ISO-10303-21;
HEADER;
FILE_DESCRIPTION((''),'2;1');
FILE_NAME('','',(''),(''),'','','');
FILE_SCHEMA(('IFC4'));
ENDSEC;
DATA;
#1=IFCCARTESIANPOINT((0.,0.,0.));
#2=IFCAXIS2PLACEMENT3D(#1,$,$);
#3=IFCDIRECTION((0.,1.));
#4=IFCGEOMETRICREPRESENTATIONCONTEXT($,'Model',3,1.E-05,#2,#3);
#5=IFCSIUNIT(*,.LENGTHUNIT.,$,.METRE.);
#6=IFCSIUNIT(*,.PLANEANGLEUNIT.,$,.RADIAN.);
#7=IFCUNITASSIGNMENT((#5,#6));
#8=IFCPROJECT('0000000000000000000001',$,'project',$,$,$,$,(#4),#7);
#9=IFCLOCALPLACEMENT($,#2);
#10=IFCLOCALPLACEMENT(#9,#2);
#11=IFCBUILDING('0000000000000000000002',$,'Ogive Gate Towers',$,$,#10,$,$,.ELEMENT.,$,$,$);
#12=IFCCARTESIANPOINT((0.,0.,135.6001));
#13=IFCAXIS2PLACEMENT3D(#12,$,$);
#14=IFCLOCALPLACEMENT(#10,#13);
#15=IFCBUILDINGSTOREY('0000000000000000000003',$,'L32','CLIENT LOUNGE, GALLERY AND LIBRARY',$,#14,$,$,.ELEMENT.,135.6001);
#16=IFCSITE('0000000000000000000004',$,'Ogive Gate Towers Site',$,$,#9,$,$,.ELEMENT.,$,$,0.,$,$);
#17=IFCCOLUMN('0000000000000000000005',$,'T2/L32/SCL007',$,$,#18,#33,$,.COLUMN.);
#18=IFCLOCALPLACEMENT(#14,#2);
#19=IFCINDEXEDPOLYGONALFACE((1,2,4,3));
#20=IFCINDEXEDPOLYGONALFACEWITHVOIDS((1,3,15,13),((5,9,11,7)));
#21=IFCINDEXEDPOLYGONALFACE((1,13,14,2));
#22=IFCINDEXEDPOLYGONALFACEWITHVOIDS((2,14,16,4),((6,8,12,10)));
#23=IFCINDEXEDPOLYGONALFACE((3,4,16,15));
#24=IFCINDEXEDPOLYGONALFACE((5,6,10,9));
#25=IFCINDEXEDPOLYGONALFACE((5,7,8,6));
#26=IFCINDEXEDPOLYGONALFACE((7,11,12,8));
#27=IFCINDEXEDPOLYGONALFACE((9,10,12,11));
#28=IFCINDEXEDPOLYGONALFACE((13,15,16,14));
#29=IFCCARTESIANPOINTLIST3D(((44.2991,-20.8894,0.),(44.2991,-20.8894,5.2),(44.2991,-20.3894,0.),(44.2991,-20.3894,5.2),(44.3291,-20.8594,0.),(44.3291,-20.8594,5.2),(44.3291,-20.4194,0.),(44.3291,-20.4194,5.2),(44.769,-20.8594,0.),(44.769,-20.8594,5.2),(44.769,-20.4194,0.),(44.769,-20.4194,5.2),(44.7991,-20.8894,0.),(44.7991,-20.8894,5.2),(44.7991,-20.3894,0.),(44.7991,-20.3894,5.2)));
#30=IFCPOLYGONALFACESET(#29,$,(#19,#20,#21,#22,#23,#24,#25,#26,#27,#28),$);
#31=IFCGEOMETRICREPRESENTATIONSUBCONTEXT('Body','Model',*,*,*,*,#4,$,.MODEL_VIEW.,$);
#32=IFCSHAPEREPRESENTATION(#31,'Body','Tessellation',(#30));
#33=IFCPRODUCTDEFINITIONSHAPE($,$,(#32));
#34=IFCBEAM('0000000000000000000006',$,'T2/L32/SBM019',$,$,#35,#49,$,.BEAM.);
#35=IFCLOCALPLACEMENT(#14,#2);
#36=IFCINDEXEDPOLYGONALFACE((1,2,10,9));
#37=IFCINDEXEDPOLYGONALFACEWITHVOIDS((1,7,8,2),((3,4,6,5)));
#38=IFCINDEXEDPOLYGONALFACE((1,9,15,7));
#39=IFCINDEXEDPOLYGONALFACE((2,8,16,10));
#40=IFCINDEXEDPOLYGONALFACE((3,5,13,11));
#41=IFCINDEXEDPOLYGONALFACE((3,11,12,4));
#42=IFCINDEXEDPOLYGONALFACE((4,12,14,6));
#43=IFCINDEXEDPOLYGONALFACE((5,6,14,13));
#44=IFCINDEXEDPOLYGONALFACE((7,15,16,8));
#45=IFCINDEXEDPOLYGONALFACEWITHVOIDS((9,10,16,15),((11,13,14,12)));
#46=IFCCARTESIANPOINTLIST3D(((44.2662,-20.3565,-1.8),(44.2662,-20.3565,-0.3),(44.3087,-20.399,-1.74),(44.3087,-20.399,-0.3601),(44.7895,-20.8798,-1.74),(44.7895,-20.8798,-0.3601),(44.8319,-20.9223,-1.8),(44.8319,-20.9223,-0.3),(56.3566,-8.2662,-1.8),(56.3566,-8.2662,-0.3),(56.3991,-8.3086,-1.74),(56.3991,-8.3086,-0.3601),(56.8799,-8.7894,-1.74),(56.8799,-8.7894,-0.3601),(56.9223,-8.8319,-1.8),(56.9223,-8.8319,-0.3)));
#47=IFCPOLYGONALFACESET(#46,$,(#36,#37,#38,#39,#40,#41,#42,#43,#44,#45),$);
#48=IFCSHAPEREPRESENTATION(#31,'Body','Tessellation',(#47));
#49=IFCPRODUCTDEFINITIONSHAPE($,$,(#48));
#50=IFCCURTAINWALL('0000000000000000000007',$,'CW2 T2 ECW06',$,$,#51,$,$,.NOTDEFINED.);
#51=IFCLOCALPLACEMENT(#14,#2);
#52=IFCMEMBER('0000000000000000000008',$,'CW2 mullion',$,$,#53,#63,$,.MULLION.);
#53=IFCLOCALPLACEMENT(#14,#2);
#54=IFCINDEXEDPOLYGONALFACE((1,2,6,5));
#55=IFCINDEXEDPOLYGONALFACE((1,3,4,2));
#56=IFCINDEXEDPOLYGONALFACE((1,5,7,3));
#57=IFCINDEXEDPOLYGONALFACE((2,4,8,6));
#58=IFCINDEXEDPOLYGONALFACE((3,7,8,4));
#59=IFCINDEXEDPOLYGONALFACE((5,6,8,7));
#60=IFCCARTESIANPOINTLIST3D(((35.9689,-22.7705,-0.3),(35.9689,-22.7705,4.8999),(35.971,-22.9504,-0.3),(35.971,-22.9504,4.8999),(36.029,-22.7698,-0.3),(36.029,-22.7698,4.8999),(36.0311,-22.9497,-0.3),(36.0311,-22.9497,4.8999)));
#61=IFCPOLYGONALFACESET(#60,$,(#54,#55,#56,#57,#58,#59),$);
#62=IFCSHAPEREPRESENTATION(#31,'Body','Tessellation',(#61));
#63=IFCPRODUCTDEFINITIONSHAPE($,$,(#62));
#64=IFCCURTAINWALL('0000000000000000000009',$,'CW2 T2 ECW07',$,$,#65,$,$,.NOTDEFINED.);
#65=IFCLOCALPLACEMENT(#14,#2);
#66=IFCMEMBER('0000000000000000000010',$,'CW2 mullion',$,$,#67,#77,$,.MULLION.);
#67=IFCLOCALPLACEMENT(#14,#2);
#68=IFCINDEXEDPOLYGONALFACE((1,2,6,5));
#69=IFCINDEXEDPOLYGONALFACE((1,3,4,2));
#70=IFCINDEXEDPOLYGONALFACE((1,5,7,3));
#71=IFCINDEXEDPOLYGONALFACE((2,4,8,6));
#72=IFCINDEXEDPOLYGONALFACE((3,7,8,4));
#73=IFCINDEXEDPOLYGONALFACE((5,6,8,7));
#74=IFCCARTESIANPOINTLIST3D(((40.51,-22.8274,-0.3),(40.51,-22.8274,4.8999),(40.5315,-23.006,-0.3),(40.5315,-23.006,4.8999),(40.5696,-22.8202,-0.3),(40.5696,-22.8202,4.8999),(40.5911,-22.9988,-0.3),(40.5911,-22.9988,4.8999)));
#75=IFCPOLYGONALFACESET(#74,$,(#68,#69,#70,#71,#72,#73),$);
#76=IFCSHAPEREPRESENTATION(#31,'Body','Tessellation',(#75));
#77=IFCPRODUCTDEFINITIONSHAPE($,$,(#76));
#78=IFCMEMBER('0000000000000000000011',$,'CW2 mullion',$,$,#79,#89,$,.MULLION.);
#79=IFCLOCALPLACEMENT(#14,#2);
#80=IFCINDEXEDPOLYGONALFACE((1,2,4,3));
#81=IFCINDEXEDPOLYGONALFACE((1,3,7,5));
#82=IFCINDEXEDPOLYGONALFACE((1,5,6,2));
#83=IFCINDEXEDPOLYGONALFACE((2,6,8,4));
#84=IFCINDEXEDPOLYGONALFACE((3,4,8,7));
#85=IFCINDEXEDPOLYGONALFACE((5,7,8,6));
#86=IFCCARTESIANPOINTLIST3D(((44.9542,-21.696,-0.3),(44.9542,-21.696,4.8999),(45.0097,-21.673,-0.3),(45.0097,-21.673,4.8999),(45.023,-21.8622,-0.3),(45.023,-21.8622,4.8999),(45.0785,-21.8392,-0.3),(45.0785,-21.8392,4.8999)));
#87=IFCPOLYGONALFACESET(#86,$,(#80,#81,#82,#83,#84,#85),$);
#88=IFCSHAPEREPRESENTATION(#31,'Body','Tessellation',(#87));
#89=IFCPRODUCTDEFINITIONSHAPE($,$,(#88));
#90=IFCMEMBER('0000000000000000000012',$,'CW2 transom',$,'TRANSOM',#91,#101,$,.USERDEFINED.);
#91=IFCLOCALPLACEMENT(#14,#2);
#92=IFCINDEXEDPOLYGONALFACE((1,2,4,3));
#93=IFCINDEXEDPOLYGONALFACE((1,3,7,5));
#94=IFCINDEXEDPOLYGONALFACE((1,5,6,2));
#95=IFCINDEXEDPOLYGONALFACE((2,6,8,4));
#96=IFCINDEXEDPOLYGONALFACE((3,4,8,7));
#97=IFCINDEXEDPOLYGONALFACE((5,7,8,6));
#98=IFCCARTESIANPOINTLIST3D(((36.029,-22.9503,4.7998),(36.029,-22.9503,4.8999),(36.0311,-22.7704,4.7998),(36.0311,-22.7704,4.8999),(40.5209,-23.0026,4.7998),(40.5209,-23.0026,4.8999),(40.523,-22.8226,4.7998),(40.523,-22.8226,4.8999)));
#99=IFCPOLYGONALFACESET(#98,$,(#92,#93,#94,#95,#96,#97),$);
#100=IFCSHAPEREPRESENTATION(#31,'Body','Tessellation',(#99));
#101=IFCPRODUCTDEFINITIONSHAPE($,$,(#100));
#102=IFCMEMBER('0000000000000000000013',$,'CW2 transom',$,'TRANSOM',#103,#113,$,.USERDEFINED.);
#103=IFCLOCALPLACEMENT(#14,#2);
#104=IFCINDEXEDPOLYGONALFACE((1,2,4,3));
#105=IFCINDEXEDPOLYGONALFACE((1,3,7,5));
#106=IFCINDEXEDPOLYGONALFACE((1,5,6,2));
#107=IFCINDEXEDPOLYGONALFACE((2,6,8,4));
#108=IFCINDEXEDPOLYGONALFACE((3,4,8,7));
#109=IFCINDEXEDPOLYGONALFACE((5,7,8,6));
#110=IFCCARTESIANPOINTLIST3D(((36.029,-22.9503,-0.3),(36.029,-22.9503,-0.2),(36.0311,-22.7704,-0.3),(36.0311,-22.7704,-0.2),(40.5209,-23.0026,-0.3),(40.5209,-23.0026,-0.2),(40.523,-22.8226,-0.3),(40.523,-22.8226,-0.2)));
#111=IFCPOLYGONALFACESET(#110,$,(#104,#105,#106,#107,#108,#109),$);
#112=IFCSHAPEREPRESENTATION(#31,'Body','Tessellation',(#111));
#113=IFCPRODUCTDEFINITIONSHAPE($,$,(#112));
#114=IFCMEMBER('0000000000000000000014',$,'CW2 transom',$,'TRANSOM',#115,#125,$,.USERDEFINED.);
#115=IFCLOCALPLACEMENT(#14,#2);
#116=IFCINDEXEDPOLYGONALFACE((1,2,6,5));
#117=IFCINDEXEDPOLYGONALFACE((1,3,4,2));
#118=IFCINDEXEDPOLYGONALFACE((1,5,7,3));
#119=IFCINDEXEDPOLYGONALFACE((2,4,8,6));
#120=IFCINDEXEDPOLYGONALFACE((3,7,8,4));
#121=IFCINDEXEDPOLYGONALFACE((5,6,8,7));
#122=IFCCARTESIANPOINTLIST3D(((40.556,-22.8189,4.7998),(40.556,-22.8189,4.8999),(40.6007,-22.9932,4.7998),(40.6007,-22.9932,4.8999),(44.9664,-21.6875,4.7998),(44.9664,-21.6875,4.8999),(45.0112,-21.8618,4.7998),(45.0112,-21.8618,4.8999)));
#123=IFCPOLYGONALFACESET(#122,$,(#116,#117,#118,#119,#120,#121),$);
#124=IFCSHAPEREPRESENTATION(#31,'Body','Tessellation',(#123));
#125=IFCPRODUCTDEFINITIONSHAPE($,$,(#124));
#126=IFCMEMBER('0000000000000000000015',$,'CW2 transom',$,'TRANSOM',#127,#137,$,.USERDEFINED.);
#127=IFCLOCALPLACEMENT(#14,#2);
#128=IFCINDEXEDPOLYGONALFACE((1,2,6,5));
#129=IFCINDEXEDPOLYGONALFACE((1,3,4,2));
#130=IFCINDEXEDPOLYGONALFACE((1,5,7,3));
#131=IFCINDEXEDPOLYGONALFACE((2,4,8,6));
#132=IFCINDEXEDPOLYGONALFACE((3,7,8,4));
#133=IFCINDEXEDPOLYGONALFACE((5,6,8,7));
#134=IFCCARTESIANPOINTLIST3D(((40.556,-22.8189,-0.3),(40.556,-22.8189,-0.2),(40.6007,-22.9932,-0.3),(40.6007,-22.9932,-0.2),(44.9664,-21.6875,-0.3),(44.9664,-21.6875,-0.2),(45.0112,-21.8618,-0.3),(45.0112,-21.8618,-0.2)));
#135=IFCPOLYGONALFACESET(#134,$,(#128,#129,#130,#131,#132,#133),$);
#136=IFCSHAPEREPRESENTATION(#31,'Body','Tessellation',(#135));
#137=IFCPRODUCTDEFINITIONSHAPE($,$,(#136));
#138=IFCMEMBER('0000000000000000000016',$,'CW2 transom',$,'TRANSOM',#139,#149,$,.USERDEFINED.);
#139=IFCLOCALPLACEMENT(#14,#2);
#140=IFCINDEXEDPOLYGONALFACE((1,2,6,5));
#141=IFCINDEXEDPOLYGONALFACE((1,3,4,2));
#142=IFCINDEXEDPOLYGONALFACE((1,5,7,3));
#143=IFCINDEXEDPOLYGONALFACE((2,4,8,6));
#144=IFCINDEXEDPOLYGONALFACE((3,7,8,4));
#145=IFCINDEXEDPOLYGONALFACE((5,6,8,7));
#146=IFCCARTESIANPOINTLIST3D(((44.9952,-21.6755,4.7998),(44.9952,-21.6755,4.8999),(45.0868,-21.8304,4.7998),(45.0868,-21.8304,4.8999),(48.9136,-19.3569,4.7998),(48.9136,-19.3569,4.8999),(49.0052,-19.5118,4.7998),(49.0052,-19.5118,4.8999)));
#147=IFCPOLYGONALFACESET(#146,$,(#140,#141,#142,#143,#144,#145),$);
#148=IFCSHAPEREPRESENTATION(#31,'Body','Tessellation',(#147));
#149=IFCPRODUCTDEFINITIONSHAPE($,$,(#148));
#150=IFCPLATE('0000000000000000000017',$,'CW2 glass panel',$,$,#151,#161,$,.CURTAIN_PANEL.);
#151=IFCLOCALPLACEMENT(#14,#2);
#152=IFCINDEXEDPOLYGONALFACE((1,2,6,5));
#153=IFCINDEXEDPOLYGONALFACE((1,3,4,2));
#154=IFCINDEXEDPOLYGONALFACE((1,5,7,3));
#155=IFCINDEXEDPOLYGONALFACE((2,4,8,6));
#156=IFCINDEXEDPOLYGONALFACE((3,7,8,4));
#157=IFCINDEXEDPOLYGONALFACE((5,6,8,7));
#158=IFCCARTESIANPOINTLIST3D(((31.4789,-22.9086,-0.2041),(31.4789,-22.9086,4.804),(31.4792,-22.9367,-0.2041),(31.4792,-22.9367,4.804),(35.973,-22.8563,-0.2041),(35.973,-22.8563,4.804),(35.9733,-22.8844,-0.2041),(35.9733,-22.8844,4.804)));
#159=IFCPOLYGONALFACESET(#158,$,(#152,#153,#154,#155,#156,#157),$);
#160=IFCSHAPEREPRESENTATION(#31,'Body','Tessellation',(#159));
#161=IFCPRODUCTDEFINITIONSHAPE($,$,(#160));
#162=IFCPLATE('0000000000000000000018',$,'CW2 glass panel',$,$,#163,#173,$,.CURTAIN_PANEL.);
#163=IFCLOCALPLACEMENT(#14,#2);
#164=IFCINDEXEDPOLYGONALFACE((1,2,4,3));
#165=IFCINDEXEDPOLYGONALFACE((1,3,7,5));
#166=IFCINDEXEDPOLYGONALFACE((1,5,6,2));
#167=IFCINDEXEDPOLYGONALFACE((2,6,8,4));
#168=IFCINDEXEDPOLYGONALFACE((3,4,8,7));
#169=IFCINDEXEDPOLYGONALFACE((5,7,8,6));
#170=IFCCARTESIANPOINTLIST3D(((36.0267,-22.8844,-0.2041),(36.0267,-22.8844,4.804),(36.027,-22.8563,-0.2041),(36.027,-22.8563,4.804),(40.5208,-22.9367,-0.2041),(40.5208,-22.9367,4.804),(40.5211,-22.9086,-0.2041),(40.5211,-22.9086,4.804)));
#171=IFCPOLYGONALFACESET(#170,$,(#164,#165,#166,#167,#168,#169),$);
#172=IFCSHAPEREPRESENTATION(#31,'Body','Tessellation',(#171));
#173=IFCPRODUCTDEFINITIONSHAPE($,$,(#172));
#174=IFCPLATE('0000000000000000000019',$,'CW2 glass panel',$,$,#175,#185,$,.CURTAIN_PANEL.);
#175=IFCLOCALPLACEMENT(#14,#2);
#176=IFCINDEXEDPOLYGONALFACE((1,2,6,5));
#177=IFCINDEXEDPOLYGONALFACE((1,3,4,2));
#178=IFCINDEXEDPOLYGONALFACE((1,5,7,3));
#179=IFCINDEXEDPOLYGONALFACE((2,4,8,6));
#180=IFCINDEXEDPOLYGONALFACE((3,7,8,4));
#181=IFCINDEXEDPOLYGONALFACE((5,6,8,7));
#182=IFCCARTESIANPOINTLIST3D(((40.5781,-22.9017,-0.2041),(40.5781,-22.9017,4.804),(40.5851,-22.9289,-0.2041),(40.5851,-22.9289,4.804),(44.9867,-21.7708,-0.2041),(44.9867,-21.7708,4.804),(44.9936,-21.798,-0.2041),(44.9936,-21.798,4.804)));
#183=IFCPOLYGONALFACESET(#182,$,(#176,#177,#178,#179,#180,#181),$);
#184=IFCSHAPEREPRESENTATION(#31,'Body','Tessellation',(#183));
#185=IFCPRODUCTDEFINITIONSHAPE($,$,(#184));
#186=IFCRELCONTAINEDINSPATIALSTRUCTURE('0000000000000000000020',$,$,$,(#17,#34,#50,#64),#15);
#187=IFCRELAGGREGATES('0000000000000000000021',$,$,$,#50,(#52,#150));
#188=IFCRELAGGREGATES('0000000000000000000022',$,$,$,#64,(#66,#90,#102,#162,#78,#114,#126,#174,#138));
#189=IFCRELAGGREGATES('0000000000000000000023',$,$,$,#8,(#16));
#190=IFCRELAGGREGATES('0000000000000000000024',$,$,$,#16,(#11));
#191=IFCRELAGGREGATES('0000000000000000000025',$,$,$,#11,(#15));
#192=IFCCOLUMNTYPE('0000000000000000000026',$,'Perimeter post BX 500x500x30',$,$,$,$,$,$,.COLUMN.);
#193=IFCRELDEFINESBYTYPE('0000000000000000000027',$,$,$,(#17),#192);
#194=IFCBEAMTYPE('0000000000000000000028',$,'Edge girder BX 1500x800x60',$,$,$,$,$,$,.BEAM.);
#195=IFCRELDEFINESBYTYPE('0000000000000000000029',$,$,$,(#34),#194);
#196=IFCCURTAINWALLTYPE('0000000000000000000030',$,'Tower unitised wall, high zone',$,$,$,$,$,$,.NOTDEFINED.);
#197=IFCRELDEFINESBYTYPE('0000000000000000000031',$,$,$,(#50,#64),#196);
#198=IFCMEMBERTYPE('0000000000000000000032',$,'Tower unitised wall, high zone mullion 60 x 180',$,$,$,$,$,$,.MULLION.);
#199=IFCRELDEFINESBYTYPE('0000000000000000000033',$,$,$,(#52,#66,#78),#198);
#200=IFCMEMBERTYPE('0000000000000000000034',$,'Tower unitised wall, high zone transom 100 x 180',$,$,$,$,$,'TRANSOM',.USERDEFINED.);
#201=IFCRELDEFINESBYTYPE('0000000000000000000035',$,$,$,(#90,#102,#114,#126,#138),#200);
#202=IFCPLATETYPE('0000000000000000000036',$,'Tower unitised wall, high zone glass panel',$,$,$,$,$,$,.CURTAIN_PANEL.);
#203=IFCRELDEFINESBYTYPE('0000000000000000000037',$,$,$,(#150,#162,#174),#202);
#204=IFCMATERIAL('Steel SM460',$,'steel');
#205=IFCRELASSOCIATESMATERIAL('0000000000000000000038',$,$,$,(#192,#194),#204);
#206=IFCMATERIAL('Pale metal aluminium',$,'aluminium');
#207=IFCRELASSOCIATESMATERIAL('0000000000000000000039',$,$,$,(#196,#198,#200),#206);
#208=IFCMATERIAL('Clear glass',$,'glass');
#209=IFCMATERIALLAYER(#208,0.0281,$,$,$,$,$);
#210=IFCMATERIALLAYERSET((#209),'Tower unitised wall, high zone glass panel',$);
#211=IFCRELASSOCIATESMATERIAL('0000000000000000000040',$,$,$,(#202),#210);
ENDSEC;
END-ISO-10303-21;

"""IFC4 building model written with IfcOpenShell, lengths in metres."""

from ifc_helpers import new_model, si_unit, direction, frame, origin, origin_2d, place, context, subcontext, project, spatial, rectangle, hollow_rectangle, extrude, material, layer, layer_set, material_profile, profile_set, type_object, element, aggregate, save


model = new_model("IFC4")

# Units and contexts
model_context = context("Model", 3, precision=1e-05, world=origin(), true_north=direction((0.0, 1.0)))
body_context = subcontext(model_context, "Body", "Model", "MODEL_VIEW")
ifc_project = project(units=[si_unit("LENGTHUNIT", "METRE"), si_unit("PLANEANGLEUNIT", "RADIAN")], contexts=[model_context])

# Site, building, storey
site_placement = place(None, origin())
site = spatial("IfcSite", under=ifc_project, at=site_placement, Name="Ogive Gate Towers Site", CompositionType="ELEMENT", RefElevation=0.0)
building_placement = place(site_placement, origin())
building = spatial("IfcBuilding", under=site, at=building_placement, Name="Ogive Gate Towers", CompositionType="ELEMENT")
storey_placement = place(building_placement, frame((0.0, 0.0, 135.6001)))
storey = spatial("IfcBuildingStorey", under=building, at=storey_placement, Name="L32", Description="CLIENT LOUNGE, GALLERY AND LIBRARY", CompositionType="ELEMENT", Elevation=135.6001)

# Column
ifc_material_1 = material(Name="Steel SM460", Category="steel")
ifc_material_profile_1 = material_profile(ifc_material_1, hollow_rectangle(XDim=0.5, YDim=0.5, WallThickness=0.03, at=origin_2d()), Name="BX 500x500x30")
ifc_profile_set_1 = profile_set([ifc_material_profile_1], Name="Steel SM460")
column_type = type_object("IfcColumnType", Name="Perimeter post BX 500x500x30", PredefinedType="COLUMN", material=ifc_profile_set_1)
column_placement = place(storey_placement, frame((44.5491, -20.6394, 0.0), z_axis=(0.0, 0.0, 1.0), x_axis=(1.0, 0.0, 0.0)))
element("IfcColumn", 1, at=column_placement, inside=storey, type_object=column_type, Name="T2/L32/SCL007", PredefinedType="COLUMN", context=body_context, shape_type="SweptSolid", body=[
    extrude(hollow_rectangle(XDim=0.5, YDim=0.5, WallThickness=0.03, at=origin_2d()), origin(), (0.0, 0.0, 1.0), 5.2),
])

# Beam
ifc_material_profile_2 = material_profile(ifc_material_1, hollow_rectangle(XDim=0.8, YDim=1.5, WallThickness=0.0601, at=origin_2d()), Name="BX 1500x800x60")
ifc_profile_set_2 = profile_set([ifc_material_profile_2], Name="Steel SM460")
beam_type = type_object("IfcBeamType", Name="Edge girder BX 1500x800x60", PredefinedType="BEAM", material=ifc_profile_set_2)
beam_placement = place(storey_placement, frame((44.5491, -20.6394, -1.05), z_axis=(0.707107, 0.707107, 0.0), x_axis=(-0.707107, 0.707107, 0.0)))
element("IfcBeam", 2, at=beam_placement, inside=storey, type_object=beam_type, Name="T2/L32/SBM019", PredefinedType="BEAM", context=body_context, shape_type="SweptSolid", body=[
    extrude(hollow_rectangle(XDim=0.8, YDim=1.5, WallThickness=0.0601, at=origin_2d()), origin(), (0.0, 0.0, 1.0), 17.0984),
])

# Curtain wall, member
ifc_material_2 = material(Name="Pale metal aluminium", Category="aluminium")
curtain_wall_type = type_object("IfcCurtainWallType", Name="Tower unitised wall, high zone", PredefinedType="NOTDEFINED", material=ifc_material_2)
curtain_wall_1_placement = place(storey_placement, origin())
curtain_wall_1 = element("IfcCurtainWall", 3, at=curtain_wall_1_placement, inside=storey, type_object=curtain_wall_type, Name="CW2 T2 ECW06", PredefinedType="NOTDEFINED")
ifc_material_profile_3 = material_profile(ifc_material_2, rectangle(XDim=0.1799, YDim=0.0601, at=origin_2d()), Name="60 x 180 aluminium box")
ifc_profile_set_3 = profile_set([ifc_material_profile_3], Name="Pale metal aluminium")
member_type_1 = type_object("IfcMemberType", Name="Tower unitised wall, high zone mullion 60 x 180", PredefinedType="MULLION", material=ifc_profile_set_3)
member_1_placement = place(storey_placement, frame((36.0, -22.8601, -0.3), z_axis=(0.0, 0.0, 1.0), x_axis=(0.011641, -0.999932, 0.0)))
member_1 = element("IfcMember", 4, at=member_1_placement, type_object=member_type_1, Name="CW2 mullion", PredefinedType="MULLION", context=body_context, shape_type="SweptSolid", body=[
    extrude(rectangle(XDim=0.1799, YDim=0.0601, at=origin_2d()), origin(), (0.0, 0.0, 1.0), 5.2),
])

# Curtain wall, members
curtain_wall_2_placement = place(storey_placement, origin())
curtain_wall_2 = element("IfcCurtainWall", 5, at=curtain_wall_2_placement, inside=storey, type_object=curtain_wall_type, Name="CW2 T2 ECW07", PredefinedType="NOTDEFINED")
member_2_placement = place(storey_placement, frame((40.5505, -22.9131, -0.3), z_axis=(0.0, 0.0, 1.0), x_axis=(0.119444, -0.992841, 0.0)))
member_2 = element("IfcMember", 6, at=member_2_placement, type_object=member_type_1, Name="CW2 mullion", PredefinedType="MULLION", context=body_context, shape_type="SweptSolid", body=[
    extrude(rectangle(XDim=0.1799, YDim=0.0601, at=origin_2d()), origin(), (0.0, 0.0, 1.0), 5.2),
])
member_3_placement = place(storey_placement, frame((45.0164, -21.7676, -0.3), z_axis=(0.0, 0.0, 1.0), x_axis=(0.382683, -0.92388, 0.0)))
member_3 = element("IfcMember", 7, at=member_3_placement, type_object=member_type_1, Name="CW2 mullion", PredefinedType="MULLION", context=body_context, shape_type="SweptSolid", body=[
    extrude(rectangle(XDim=0.1799, YDim=0.0601, at=origin_2d()), origin(), (0.0, 0.0, 1.0), 5.2),
])
ifc_material_profile_4 = material_profile(ifc_material_2, rectangle(XDim=0.1799, YDim=0.1001, at=origin_2d()), Name="100 x 180 aluminium box")
ifc_profile_set_4 = profile_set([ifc_material_profile_4], Name="Pale metal aluminium")
member_type_2 = type_object("IfcMemberType", Name="Tower unitised wall, high zone transom 100 x 180", ElementType="TRANSOM", PredefinedType="USERDEFINED", material=ifc_profile_set_4)
member_4_placement = place(storey_placement, frame((36.03, -22.8604, 4.8499), z_axis=(0.999932, -0.01163, 0.0), x_axis=(0.01163, 0.999932, 0.0)))
member_4 = element("IfcMember", 8, at=member_4_placement, type_object=member_type_2, Name="CW2 transom", ObjectType="TRANSOM", PredefinedType="USERDEFINED", context=body_context, shape_type="SweptSolid", body=[
    extrude(rectangle(XDim=0.1799, YDim=0.1001, at=origin_2d()), origin(), (0.0, 0.0, 1.0), 4.4922),
])
member_5_placement = place(storey_placement, frame((36.03, -22.8604, -0.25), z_axis=(0.999932, -0.01163, 0.0), x_axis=(0.01163, 0.999932, 0.0)))
member_5 = element("IfcMember", 9, at=member_5_placement, type_object=member_type_2, Name="CW2 transom", ObjectType="TRANSOM", PredefinedType="USERDEFINED", context=body_context, shape_type="SweptSolid", body=[
    extrude(rectangle(XDim=0.1799, YDim=0.1001, at=origin_2d()), origin(), (0.0, 0.0, 1.0), 4.4922),
])
member_6_placement = place(storey_placement, frame((40.5784, -22.906, 4.8499), z_axis=(0.968639, 0.248473, 0.0), x_axis=(-0.248473, 0.968639, 0.0)))
member_6 = element("IfcMember", 10, at=member_6_placement, type_object=member_type_2, Name="CW2 transom", ObjectType="TRANSOM", PredefinedType="USERDEFINED", context=body_context, shape_type="SweptSolid", body=[
    extrude(rectangle(XDim=0.1799, YDim=0.1001, at=origin_2d()), origin(), (0.0, 0.0, 1.0), 4.5532),
])
member_7_placement = place(storey_placement, frame((40.5784, -22.906, -0.25), z_axis=(0.968639, 0.248473, 0.0), x_axis=(-0.248473, 0.968639, 0.0)))
member_7 = element("IfcMember", 11, at=member_7_placement, type_object=member_type_2, Name="CW2 transom", ObjectType="TRANSOM", PredefinedType="USERDEFINED", context=body_context, shape_type="SweptSolid", body=[
    extrude(rectangle(XDim=0.1799, YDim=0.1001, at=origin_2d()), origin(), (0.0, 0.0, 1.0), 4.5532),
])
member_8_placement = place(storey_placement, frame((45.041, -21.7529, 4.8499), z_axis=(0.860623, 0.509242, 0.0), x_axis=(-0.509242, 0.860623, 0.0)))
member_8 = element("IfcMember", 12, at=member_8_placement, type_object=member_type_2, Name="CW2 transom", ObjectType="TRANSOM", PredefinedType="USERDEFINED", context=body_context, shape_type="SweptSolid", body=[
    extrude(rectangle(XDim=0.1799, YDim=0.1001, at=origin_2d()), origin(), (0.0, 0.0, 1.0), 4.553),
])

# Plates
ifc_material_3 = material(Name="Clear glass", Category="glass")
ifc_layer_1 = layer(ifc_material_3, 0.0281)
ifc_layer_set_1 = layer_set([ifc_layer_1], Name="Tower unitised wall, high zone glass panel")
plate_type = type_object("IfcPlateType", Name="Tower unitised wall, high zone glass panel", PredefinedType="CURTAIN_PANEL", material=ifc_layer_set_1)
plate_1_placement = place(storey_placement, frame((33.7261, -22.8965, -0.2041), z_axis=(0.0, 0.0, 1.0), x_axis=(0.999932, 0.011641, 0.0)))
plate_1 = element("IfcPlate", 13, at=plate_1_placement, type_object=plate_type, Name="CW2 glass panel", PredefinedType="CURTAIN_PANEL", context=body_context, shape_type="SweptSolid", body=[
    extrude(rectangle(XDim=4.4944, YDim=0.0281, at=origin_2d()), origin(), (0.0, 0.0, 1.0), 5.0081),
])
aggregate(curtain_wall_1, [member_1, plate_1])
plate_2_placement = place(storey_placement, frame((38.2739, -22.8965, -0.2041), z_axis=(0.0, 0.0, 1.0), x_axis=(0.999932, -0.011641, 0.0)))
plate_2 = element("IfcPlate", 14, at=plate_2_placement, type_object=plate_type, Name="CW2 glass panel", PredefinedType="CURTAIN_PANEL", context=body_context, shape_type="SweptSolid", body=[
    extrude(rectangle(XDim=4.4944, YDim=0.0281, at=origin_2d()), origin(), (0.0, 0.0, 1.0), 5.0081),
])
plate_3_placement = place(storey_placement, frame((42.7859, -22.3499, -0.2041), z_axis=(0.0, 0.0, 1.0), x_axis=(0.96864, 0.24847, 0.0)))
plate_3 = element("IfcPlate", 15, at=plate_3_placement, type_object=plate_type, Name="CW2 glass panel", PredefinedType="CURTAIN_PANEL", context=body_context, shape_type="SweptSolid", body=[
    extrude(rectangle(XDim=4.5513, YDim=0.0281, at=origin_2d()), origin(), (0.0, 0.0, 1.0), 5.0081),
])
aggregate(curtain_wall_2, [member_2, member_4, member_5, plate_2, member_3, member_6, member_7, plate_3, member_8])

save(model, "model.ifc")
